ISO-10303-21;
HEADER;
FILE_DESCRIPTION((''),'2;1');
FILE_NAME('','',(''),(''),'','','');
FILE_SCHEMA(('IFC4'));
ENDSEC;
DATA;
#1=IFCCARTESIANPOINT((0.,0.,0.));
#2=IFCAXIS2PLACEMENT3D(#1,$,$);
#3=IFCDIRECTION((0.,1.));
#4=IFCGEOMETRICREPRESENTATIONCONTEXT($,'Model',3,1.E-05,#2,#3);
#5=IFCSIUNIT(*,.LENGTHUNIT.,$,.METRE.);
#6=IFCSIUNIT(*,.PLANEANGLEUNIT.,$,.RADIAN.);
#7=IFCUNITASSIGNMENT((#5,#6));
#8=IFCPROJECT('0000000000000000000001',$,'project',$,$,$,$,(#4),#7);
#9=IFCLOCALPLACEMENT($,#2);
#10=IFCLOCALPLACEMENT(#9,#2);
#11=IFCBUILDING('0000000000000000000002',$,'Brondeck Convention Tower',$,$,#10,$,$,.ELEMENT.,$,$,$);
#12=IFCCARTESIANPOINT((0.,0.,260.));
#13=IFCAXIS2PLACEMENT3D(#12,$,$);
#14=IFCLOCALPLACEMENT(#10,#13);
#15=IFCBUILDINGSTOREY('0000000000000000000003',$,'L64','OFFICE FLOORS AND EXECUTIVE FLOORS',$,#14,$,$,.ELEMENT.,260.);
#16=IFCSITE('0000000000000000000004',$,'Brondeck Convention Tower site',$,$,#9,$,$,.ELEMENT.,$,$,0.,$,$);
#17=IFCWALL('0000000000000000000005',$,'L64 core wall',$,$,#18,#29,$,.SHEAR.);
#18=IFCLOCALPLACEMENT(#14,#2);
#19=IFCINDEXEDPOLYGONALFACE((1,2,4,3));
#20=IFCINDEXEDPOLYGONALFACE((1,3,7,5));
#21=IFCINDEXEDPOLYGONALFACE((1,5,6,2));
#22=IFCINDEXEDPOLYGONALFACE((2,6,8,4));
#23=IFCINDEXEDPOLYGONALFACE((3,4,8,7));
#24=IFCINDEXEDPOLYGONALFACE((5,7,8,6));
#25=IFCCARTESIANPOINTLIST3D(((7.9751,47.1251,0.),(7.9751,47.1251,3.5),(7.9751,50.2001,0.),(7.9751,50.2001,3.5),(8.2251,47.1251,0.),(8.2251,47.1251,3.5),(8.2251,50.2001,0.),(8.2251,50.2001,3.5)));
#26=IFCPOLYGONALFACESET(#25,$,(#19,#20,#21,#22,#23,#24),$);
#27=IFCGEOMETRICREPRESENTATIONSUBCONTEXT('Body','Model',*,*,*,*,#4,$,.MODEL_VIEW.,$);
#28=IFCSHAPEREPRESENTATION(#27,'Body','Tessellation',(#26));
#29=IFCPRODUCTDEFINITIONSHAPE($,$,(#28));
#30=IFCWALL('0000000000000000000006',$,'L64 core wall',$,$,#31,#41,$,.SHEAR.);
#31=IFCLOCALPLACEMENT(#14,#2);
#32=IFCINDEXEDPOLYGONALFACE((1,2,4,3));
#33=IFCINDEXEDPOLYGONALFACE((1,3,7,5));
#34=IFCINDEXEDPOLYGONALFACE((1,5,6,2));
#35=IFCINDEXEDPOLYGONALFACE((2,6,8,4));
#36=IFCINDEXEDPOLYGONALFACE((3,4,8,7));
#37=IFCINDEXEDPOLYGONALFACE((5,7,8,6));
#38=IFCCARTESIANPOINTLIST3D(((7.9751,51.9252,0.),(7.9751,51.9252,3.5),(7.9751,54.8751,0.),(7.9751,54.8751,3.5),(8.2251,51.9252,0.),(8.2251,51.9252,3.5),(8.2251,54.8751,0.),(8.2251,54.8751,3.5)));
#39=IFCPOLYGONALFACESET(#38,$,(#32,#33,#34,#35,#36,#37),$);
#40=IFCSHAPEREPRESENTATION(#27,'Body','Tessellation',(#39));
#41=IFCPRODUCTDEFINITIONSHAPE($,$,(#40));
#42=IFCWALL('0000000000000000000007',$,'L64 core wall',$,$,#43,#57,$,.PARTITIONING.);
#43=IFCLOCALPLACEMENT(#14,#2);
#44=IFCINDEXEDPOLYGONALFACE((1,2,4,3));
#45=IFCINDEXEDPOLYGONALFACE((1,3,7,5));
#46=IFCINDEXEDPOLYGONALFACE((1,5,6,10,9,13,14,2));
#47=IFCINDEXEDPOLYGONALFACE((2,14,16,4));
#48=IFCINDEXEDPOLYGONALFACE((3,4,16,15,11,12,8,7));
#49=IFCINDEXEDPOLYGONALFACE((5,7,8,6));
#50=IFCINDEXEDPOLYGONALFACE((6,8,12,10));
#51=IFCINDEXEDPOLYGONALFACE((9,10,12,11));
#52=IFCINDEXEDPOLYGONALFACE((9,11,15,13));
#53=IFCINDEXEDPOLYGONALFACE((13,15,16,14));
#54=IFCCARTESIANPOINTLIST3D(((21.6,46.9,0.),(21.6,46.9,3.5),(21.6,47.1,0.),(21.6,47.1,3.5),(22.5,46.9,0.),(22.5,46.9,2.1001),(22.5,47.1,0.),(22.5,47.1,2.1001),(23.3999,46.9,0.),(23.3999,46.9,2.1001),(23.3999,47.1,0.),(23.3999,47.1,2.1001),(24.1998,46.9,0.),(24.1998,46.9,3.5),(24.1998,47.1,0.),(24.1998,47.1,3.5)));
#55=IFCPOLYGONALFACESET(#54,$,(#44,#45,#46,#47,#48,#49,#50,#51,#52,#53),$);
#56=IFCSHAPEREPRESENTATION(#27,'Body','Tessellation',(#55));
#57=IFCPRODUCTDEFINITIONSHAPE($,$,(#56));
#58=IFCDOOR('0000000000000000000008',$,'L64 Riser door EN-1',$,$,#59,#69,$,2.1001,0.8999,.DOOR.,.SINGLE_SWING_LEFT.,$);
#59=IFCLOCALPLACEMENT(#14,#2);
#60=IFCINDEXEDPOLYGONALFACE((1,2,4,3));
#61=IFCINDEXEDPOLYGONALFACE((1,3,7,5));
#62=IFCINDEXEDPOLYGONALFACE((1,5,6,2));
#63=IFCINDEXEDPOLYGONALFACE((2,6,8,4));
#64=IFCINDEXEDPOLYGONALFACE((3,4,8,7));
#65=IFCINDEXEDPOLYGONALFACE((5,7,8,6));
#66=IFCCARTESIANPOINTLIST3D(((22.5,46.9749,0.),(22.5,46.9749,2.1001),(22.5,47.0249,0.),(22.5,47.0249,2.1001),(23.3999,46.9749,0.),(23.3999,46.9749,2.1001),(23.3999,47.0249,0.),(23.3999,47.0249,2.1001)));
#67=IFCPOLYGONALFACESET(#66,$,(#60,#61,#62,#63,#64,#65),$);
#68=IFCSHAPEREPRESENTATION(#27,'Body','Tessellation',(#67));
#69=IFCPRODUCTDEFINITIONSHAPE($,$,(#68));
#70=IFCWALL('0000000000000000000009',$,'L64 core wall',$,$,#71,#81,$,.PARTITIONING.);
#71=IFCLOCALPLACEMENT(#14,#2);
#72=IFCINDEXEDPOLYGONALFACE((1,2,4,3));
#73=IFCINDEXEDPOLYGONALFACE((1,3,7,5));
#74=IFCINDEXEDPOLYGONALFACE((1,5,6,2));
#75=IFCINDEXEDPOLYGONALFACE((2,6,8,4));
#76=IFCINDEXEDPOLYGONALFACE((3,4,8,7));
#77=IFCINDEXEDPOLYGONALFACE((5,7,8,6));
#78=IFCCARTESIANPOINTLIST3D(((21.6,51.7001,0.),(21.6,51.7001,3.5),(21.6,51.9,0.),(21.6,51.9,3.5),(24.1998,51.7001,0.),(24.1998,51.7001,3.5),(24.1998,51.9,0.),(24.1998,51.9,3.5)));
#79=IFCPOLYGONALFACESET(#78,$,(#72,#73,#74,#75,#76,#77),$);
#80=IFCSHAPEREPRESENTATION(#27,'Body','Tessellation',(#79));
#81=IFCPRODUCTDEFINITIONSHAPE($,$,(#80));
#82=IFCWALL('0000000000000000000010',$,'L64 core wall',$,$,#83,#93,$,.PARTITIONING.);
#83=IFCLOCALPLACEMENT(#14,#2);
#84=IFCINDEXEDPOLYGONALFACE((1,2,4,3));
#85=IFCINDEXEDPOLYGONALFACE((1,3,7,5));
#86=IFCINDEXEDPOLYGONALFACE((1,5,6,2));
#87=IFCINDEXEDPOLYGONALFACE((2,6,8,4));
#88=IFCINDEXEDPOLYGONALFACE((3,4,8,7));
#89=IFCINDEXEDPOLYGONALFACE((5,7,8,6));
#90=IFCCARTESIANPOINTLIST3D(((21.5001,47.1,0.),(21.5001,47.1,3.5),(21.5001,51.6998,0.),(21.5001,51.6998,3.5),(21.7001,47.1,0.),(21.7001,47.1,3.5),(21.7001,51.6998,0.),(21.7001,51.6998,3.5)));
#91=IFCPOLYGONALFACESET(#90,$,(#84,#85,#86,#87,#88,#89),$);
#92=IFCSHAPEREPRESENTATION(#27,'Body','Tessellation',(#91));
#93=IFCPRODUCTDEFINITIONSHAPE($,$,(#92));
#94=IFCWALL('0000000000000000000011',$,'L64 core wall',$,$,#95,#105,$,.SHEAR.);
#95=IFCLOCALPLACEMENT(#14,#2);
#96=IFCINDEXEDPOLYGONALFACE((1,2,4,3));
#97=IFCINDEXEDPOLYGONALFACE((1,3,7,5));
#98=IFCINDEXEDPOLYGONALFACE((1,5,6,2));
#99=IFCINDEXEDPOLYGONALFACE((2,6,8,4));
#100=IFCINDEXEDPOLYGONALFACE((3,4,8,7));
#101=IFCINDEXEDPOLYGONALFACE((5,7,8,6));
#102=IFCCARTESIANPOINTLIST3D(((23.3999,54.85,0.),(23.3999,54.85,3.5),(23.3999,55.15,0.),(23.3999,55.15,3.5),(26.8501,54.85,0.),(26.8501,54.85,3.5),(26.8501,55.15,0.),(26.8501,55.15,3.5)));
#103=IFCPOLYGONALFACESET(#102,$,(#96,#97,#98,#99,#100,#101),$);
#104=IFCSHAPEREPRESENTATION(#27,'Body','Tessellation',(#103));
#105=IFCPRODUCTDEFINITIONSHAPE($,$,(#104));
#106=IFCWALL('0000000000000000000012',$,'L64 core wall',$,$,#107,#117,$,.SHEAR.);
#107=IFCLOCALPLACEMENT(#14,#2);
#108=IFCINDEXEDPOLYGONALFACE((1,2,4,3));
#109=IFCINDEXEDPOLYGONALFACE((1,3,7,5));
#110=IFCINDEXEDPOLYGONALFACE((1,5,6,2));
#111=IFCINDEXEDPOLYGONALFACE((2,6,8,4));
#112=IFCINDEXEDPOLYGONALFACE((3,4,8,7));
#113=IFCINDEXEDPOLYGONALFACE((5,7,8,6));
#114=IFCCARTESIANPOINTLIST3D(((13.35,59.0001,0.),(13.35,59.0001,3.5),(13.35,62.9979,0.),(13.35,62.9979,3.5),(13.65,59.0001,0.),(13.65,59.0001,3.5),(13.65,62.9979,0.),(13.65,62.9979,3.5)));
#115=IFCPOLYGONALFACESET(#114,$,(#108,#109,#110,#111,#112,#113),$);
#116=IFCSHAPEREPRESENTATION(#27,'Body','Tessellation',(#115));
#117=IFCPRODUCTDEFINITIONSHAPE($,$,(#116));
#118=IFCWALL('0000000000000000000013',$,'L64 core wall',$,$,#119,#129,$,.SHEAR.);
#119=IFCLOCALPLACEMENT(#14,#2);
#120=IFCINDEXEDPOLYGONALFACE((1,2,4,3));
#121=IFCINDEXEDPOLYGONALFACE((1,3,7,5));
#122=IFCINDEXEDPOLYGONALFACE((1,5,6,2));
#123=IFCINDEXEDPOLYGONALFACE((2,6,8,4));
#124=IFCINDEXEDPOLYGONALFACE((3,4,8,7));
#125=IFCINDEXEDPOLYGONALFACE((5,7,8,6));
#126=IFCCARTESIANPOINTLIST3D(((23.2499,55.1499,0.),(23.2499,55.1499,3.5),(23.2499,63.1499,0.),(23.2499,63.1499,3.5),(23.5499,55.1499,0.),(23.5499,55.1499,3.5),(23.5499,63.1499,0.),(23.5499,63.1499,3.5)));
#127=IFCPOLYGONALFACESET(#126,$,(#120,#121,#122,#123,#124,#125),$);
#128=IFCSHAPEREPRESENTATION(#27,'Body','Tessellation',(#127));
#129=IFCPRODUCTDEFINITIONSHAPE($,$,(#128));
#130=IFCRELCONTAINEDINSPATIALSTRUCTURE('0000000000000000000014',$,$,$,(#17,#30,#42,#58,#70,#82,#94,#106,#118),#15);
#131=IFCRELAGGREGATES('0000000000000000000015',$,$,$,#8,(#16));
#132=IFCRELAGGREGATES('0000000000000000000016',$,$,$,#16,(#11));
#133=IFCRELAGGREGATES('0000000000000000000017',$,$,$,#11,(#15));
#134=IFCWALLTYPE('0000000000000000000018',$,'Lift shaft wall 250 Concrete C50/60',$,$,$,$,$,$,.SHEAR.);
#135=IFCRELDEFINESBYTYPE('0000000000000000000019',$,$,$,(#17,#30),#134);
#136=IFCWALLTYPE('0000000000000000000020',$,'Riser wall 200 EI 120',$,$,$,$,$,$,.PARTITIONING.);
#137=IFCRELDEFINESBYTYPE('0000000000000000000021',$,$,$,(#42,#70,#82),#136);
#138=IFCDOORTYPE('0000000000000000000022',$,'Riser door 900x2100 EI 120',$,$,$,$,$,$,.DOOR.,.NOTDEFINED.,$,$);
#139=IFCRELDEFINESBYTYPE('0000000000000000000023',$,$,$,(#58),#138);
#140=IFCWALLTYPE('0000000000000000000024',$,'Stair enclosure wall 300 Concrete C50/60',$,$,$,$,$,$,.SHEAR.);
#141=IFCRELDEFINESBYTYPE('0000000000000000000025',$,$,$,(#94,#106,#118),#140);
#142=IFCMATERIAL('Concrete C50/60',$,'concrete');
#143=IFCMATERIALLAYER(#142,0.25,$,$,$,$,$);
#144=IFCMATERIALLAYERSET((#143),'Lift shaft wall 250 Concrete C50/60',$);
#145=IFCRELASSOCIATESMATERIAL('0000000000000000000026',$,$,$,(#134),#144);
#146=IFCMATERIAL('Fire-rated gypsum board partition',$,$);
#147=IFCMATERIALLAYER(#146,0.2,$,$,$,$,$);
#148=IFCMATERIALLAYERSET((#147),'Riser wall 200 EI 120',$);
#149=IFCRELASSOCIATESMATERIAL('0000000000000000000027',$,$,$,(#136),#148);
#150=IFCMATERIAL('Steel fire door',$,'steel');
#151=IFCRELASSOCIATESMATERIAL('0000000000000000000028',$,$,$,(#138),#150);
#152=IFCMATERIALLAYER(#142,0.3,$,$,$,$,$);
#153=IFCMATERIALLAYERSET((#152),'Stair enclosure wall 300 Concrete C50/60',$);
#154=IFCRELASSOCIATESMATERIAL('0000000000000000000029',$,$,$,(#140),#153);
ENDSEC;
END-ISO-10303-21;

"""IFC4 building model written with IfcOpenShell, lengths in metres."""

from ifc_helpers import new_model, si_unit, direction, frame, frame_2d, origin, place, context, subcontext, project, spatial, rectangle, extrude, material, layer, layer_set, type_object, element, fill, save


model = new_model("IFC4")

# Units and contexts
model_context = context("Model", 3, precision=1e-05, world=origin(), true_north=direction((0.0, 1.0)))
body_context = subcontext(model_context, "Body", "Model", "MODEL_VIEW")
ifc_project = project(units=[si_unit("LENGTHUNIT", "METRE"), si_unit("PLANEANGLEUNIT", "RADIAN")], contexts=[model_context])

# Site, building, storey
site_placement = place(None, origin())
site = spatial("IfcSite", under=ifc_project, at=site_placement, Name="Brondeck Convention Tower site", CompositionType="ELEMENT", RefElevation=0.0)
building_placement = place(site_placement, origin())
building = spatial("IfcBuilding", under=site, at=building_placement, Name="Brondeck Convention Tower", CompositionType="ELEMENT")
storey_placement = place(building_placement, frame((0.0, 0.0, 260.0)))
storey = spatial("IfcBuildingStorey", under=building, at=storey_placement, Name="L64", Description="OFFICE FLOORS AND EXECUTIVE FLOORS", CompositionType="ELEMENT", Elevation=260.0)

# Shared definitions
ifc_material_1 = material(Name="Fire-rated gypsum board partition")
ifc_material_2 = material(Name="Steel fire door", Category="steel")

# Walls
ifc_material_3 = material(Name="Concrete C50/60", Category="concrete")
ifc_layer_1 = layer(ifc_material_3, 0.25)
ifc_layer_set_1 = layer_set([ifc_layer_1], Name="Lift shaft wall 250 Concrete C50/60")
wall_type_1 = type_object("IfcWallType", Name="Lift shaft wall 250 Concrete C50/60", PredefinedType="SHEAR", material=ifc_layer_set_1)
wall_1_placement = place(storey_placement, frame((8.1001, 47.125, 0.0), z_axis=(0.0, 0.0, 1.0), x_axis=(0.0, 1.0, 0.0)))
element("IfcWall", 1, at=wall_1_placement, inside=storey, type_object=wall_type_1, Name="L64 core wall", PredefinedType="SHEAR", context=body_context, shape_type="SweptSolid", body=[
    extrude(rectangle(XDim=3.075, YDim=0.25, at=frame_2d((1.5376, 0.0))), origin(), (0.0, 0.0, 1.0), 3.5),
])
wall_2_placement = place(storey_placement, frame((8.1001, 51.925, 0.0), z_axis=(0.0, 0.0, 1.0), x_axis=(0.0, 1.0, 0.0)))
element("IfcWall", 2, at=wall_2_placement, inside=storey, type_object=wall_type_1, Name="L64 core wall", PredefinedType="SHEAR", context=body_context, shape_type="SweptSolid", body=[
    extrude(rectangle(XDim=2.95, YDim=0.25, at=frame_2d((1.4751, 0.0))), origin(), (0.0, 0.0, 1.0), 3.5),
])

# Wall, opening, door
ifc_layer_2 = layer(ifc_material_1, 0.2)
ifc_layer_set_2 = layer_set([ifc_layer_2], Name="Riser wall 200 EI 120")
wall_type_2 = type_object("IfcWallType", Name="Riser wall 200 EI 120", PredefinedType="PARTITIONING", material=ifc_layer_set_2)
wall_3_placement = place(storey_placement, frame((21.6001, 47.0, 0.0), z_axis=(0.0, 0.0, 1.0), x_axis=(1.0, 0.0, 0.0)))
wall_3 = element("IfcWall", 3, at=wall_3_placement, inside=storey, type_object=wall_type_2, Name="L64 core wall", PredefinedType="PARTITIONING", context=body_context, shape_type="SweptSolid", body=[
    extrude(rectangle(XDim=2.5999, YDim=0.2, at=frame_2d((1.2998, 0.0))), origin(), (0.0, 0.0, 1.0), 3.5),
])
opening_1_placement = place(wall_3_placement, frame((0.8999, 0.0, 0.0)))
opening_1 = element("IfcOpeningElement", 4, at=opening_1_placement, cuts=wall_3, PredefinedType="OPENING", context=body_context, shape_type="SweptSolid", body=[
    extrude(rectangle(XDim=0.8999, YDim=2.1001, at=frame_2d((0.45, 1.05))), frame((0.0, 0.1099, 0.0), z_axis=(0.0, -1.0, 0.0), x_axis=(1.0, 0.0, 0.0)), (0.0, 0.0, 1.0), 0.22),
])
door_type_1 = type_object("IfcDoorType", Name="Riser door 900x2100 EI 120", OperationType="NOTDEFINED", PredefinedType="DOOR", material=ifc_material_2)
door_1_placement = place(opening_1_placement, origin())
door_1 = element("IfcDoor", 5, at=door_1_placement, inside=storey, type_object=door_type_1, Name="L64 Riser door EN-1", OperationType="SINGLE_SWING_LEFT", OverallHeight=2.1001, OverallWidth=0.8999, PredefinedType="DOOR", context=body_context, shape_type="SweptSolid", body=[
    extrude(rectangle(XDim=0.8999, YDim=2.1001, at=frame_2d((0.45, 1.05))), frame((0.0, 0.0249, 0.0), z_axis=(0.0, -1.0, 0.0), x_axis=(1.0, 0.0, 0.0)), (0.0, 0.0, 1.0), 0.05),
])
fill(opening_1, door_1)

# Walls
wall_4_placement = place(storey_placement, frame((21.6001, 51.8, 0.0), z_axis=(0.0, 0.0, 1.0), x_axis=(1.0, 0.0, 0.0)))
element("IfcWall", 6, at=wall_4_placement, inside=storey, type_object=wall_type_2, Name="L64 core wall", PredefinedType="PARTITIONING", context=body_context, shape_type="SweptSolid", body=[
    extrude(rectangle(XDim=2.5999, YDim=0.2, at=frame_2d((1.2998, 0.0))), origin(), (0.0, 0.0, 1.0), 3.5),
])
wall_5_placement = place(storey_placement, frame((21.6001, 47.1001, 0.0), z_axis=(0.0, 0.0, 1.0), x_axis=(0.0, 1.0, 0.0)))
element("IfcWall", 7, at=wall_5_placement, inside=storey, type_object=wall_type_2, Name="L64 core wall", PredefinedType="PARTITIONING", context=body_context, shape_type="SweptSolid", body=[
    extrude(rectangle(XDim=4.5999, YDim=0.2, at=frame_2d((2.2998, 0.0))), origin(), (0.0, 0.0, 1.0), 3.5),
])
ifc_layer_3 = layer(ifc_material_3, 0.3)
ifc_layer_set_3 = layer_set([ifc_layer_3], Name="Stair enclosure wall 300 Concrete C50/60")
wall_type_3 = type_object("IfcWallType", Name="Stair enclosure wall 300 Concrete C50/60", PredefinedType="SHEAR", material=ifc_layer_set_3)
wall_6_placement = place(storey_placement, frame((23.3999, 55.0, 0.0), z_axis=(0.0, 0.0, 1.0), x_axis=(1.0, 0.0, 0.0)))
element("IfcWall", 8, at=wall_6_placement, inside=storey, type_object=wall_type_3, Name="L64 core wall", PredefinedType="SHEAR", context=body_context, shape_type="SweptSolid", body=[
    extrude(rectangle(XDim=3.4502, YDim=0.3, at=frame_2d((1.7251, 0.0))), origin(), (0.0, 0.0, 1.0), 3.5),
])
wall_7_placement = place(storey_placement, frame((13.5, 59.0, 0.0), z_axis=(0.0, 0.0, 1.0), x_axis=(0.0, 1.0, 0.0)))
element("IfcWall", 9, at=wall_7_placement, inside=storey, type_object=wall_type_3, Name="L64 core wall", PredefinedType="SHEAR", context=body_context, shape_type="SweptSolid", body=[
    extrude(rectangle(XDim=3.9978, YDim=0.3, at=frame_2d((1.999, 0.0))), origin(), (0.0, 0.0, 1.0), 3.5),
])
wall_8_placement = place(storey_placement, frame((23.3999, 55.1499, 0.0), z_axis=(0.0, 0.0, 1.0), x_axis=(0.0, 1.0, 0.0)))
element("IfcWall", 10, at=wall_8_placement, inside=storey, type_object=wall_type_3, Name="L64 core wall", PredefinedType="SHEAR", context=body_context, shape_type="SweptSolid", body=[
    extrude(rectangle(XDim=8.0, YDim=0.3, at=frame_2d((4.0, 0.0))), origin(), (0.0, 0.0, 1.0), 3.5),
])

save(model, "model.ifc")
